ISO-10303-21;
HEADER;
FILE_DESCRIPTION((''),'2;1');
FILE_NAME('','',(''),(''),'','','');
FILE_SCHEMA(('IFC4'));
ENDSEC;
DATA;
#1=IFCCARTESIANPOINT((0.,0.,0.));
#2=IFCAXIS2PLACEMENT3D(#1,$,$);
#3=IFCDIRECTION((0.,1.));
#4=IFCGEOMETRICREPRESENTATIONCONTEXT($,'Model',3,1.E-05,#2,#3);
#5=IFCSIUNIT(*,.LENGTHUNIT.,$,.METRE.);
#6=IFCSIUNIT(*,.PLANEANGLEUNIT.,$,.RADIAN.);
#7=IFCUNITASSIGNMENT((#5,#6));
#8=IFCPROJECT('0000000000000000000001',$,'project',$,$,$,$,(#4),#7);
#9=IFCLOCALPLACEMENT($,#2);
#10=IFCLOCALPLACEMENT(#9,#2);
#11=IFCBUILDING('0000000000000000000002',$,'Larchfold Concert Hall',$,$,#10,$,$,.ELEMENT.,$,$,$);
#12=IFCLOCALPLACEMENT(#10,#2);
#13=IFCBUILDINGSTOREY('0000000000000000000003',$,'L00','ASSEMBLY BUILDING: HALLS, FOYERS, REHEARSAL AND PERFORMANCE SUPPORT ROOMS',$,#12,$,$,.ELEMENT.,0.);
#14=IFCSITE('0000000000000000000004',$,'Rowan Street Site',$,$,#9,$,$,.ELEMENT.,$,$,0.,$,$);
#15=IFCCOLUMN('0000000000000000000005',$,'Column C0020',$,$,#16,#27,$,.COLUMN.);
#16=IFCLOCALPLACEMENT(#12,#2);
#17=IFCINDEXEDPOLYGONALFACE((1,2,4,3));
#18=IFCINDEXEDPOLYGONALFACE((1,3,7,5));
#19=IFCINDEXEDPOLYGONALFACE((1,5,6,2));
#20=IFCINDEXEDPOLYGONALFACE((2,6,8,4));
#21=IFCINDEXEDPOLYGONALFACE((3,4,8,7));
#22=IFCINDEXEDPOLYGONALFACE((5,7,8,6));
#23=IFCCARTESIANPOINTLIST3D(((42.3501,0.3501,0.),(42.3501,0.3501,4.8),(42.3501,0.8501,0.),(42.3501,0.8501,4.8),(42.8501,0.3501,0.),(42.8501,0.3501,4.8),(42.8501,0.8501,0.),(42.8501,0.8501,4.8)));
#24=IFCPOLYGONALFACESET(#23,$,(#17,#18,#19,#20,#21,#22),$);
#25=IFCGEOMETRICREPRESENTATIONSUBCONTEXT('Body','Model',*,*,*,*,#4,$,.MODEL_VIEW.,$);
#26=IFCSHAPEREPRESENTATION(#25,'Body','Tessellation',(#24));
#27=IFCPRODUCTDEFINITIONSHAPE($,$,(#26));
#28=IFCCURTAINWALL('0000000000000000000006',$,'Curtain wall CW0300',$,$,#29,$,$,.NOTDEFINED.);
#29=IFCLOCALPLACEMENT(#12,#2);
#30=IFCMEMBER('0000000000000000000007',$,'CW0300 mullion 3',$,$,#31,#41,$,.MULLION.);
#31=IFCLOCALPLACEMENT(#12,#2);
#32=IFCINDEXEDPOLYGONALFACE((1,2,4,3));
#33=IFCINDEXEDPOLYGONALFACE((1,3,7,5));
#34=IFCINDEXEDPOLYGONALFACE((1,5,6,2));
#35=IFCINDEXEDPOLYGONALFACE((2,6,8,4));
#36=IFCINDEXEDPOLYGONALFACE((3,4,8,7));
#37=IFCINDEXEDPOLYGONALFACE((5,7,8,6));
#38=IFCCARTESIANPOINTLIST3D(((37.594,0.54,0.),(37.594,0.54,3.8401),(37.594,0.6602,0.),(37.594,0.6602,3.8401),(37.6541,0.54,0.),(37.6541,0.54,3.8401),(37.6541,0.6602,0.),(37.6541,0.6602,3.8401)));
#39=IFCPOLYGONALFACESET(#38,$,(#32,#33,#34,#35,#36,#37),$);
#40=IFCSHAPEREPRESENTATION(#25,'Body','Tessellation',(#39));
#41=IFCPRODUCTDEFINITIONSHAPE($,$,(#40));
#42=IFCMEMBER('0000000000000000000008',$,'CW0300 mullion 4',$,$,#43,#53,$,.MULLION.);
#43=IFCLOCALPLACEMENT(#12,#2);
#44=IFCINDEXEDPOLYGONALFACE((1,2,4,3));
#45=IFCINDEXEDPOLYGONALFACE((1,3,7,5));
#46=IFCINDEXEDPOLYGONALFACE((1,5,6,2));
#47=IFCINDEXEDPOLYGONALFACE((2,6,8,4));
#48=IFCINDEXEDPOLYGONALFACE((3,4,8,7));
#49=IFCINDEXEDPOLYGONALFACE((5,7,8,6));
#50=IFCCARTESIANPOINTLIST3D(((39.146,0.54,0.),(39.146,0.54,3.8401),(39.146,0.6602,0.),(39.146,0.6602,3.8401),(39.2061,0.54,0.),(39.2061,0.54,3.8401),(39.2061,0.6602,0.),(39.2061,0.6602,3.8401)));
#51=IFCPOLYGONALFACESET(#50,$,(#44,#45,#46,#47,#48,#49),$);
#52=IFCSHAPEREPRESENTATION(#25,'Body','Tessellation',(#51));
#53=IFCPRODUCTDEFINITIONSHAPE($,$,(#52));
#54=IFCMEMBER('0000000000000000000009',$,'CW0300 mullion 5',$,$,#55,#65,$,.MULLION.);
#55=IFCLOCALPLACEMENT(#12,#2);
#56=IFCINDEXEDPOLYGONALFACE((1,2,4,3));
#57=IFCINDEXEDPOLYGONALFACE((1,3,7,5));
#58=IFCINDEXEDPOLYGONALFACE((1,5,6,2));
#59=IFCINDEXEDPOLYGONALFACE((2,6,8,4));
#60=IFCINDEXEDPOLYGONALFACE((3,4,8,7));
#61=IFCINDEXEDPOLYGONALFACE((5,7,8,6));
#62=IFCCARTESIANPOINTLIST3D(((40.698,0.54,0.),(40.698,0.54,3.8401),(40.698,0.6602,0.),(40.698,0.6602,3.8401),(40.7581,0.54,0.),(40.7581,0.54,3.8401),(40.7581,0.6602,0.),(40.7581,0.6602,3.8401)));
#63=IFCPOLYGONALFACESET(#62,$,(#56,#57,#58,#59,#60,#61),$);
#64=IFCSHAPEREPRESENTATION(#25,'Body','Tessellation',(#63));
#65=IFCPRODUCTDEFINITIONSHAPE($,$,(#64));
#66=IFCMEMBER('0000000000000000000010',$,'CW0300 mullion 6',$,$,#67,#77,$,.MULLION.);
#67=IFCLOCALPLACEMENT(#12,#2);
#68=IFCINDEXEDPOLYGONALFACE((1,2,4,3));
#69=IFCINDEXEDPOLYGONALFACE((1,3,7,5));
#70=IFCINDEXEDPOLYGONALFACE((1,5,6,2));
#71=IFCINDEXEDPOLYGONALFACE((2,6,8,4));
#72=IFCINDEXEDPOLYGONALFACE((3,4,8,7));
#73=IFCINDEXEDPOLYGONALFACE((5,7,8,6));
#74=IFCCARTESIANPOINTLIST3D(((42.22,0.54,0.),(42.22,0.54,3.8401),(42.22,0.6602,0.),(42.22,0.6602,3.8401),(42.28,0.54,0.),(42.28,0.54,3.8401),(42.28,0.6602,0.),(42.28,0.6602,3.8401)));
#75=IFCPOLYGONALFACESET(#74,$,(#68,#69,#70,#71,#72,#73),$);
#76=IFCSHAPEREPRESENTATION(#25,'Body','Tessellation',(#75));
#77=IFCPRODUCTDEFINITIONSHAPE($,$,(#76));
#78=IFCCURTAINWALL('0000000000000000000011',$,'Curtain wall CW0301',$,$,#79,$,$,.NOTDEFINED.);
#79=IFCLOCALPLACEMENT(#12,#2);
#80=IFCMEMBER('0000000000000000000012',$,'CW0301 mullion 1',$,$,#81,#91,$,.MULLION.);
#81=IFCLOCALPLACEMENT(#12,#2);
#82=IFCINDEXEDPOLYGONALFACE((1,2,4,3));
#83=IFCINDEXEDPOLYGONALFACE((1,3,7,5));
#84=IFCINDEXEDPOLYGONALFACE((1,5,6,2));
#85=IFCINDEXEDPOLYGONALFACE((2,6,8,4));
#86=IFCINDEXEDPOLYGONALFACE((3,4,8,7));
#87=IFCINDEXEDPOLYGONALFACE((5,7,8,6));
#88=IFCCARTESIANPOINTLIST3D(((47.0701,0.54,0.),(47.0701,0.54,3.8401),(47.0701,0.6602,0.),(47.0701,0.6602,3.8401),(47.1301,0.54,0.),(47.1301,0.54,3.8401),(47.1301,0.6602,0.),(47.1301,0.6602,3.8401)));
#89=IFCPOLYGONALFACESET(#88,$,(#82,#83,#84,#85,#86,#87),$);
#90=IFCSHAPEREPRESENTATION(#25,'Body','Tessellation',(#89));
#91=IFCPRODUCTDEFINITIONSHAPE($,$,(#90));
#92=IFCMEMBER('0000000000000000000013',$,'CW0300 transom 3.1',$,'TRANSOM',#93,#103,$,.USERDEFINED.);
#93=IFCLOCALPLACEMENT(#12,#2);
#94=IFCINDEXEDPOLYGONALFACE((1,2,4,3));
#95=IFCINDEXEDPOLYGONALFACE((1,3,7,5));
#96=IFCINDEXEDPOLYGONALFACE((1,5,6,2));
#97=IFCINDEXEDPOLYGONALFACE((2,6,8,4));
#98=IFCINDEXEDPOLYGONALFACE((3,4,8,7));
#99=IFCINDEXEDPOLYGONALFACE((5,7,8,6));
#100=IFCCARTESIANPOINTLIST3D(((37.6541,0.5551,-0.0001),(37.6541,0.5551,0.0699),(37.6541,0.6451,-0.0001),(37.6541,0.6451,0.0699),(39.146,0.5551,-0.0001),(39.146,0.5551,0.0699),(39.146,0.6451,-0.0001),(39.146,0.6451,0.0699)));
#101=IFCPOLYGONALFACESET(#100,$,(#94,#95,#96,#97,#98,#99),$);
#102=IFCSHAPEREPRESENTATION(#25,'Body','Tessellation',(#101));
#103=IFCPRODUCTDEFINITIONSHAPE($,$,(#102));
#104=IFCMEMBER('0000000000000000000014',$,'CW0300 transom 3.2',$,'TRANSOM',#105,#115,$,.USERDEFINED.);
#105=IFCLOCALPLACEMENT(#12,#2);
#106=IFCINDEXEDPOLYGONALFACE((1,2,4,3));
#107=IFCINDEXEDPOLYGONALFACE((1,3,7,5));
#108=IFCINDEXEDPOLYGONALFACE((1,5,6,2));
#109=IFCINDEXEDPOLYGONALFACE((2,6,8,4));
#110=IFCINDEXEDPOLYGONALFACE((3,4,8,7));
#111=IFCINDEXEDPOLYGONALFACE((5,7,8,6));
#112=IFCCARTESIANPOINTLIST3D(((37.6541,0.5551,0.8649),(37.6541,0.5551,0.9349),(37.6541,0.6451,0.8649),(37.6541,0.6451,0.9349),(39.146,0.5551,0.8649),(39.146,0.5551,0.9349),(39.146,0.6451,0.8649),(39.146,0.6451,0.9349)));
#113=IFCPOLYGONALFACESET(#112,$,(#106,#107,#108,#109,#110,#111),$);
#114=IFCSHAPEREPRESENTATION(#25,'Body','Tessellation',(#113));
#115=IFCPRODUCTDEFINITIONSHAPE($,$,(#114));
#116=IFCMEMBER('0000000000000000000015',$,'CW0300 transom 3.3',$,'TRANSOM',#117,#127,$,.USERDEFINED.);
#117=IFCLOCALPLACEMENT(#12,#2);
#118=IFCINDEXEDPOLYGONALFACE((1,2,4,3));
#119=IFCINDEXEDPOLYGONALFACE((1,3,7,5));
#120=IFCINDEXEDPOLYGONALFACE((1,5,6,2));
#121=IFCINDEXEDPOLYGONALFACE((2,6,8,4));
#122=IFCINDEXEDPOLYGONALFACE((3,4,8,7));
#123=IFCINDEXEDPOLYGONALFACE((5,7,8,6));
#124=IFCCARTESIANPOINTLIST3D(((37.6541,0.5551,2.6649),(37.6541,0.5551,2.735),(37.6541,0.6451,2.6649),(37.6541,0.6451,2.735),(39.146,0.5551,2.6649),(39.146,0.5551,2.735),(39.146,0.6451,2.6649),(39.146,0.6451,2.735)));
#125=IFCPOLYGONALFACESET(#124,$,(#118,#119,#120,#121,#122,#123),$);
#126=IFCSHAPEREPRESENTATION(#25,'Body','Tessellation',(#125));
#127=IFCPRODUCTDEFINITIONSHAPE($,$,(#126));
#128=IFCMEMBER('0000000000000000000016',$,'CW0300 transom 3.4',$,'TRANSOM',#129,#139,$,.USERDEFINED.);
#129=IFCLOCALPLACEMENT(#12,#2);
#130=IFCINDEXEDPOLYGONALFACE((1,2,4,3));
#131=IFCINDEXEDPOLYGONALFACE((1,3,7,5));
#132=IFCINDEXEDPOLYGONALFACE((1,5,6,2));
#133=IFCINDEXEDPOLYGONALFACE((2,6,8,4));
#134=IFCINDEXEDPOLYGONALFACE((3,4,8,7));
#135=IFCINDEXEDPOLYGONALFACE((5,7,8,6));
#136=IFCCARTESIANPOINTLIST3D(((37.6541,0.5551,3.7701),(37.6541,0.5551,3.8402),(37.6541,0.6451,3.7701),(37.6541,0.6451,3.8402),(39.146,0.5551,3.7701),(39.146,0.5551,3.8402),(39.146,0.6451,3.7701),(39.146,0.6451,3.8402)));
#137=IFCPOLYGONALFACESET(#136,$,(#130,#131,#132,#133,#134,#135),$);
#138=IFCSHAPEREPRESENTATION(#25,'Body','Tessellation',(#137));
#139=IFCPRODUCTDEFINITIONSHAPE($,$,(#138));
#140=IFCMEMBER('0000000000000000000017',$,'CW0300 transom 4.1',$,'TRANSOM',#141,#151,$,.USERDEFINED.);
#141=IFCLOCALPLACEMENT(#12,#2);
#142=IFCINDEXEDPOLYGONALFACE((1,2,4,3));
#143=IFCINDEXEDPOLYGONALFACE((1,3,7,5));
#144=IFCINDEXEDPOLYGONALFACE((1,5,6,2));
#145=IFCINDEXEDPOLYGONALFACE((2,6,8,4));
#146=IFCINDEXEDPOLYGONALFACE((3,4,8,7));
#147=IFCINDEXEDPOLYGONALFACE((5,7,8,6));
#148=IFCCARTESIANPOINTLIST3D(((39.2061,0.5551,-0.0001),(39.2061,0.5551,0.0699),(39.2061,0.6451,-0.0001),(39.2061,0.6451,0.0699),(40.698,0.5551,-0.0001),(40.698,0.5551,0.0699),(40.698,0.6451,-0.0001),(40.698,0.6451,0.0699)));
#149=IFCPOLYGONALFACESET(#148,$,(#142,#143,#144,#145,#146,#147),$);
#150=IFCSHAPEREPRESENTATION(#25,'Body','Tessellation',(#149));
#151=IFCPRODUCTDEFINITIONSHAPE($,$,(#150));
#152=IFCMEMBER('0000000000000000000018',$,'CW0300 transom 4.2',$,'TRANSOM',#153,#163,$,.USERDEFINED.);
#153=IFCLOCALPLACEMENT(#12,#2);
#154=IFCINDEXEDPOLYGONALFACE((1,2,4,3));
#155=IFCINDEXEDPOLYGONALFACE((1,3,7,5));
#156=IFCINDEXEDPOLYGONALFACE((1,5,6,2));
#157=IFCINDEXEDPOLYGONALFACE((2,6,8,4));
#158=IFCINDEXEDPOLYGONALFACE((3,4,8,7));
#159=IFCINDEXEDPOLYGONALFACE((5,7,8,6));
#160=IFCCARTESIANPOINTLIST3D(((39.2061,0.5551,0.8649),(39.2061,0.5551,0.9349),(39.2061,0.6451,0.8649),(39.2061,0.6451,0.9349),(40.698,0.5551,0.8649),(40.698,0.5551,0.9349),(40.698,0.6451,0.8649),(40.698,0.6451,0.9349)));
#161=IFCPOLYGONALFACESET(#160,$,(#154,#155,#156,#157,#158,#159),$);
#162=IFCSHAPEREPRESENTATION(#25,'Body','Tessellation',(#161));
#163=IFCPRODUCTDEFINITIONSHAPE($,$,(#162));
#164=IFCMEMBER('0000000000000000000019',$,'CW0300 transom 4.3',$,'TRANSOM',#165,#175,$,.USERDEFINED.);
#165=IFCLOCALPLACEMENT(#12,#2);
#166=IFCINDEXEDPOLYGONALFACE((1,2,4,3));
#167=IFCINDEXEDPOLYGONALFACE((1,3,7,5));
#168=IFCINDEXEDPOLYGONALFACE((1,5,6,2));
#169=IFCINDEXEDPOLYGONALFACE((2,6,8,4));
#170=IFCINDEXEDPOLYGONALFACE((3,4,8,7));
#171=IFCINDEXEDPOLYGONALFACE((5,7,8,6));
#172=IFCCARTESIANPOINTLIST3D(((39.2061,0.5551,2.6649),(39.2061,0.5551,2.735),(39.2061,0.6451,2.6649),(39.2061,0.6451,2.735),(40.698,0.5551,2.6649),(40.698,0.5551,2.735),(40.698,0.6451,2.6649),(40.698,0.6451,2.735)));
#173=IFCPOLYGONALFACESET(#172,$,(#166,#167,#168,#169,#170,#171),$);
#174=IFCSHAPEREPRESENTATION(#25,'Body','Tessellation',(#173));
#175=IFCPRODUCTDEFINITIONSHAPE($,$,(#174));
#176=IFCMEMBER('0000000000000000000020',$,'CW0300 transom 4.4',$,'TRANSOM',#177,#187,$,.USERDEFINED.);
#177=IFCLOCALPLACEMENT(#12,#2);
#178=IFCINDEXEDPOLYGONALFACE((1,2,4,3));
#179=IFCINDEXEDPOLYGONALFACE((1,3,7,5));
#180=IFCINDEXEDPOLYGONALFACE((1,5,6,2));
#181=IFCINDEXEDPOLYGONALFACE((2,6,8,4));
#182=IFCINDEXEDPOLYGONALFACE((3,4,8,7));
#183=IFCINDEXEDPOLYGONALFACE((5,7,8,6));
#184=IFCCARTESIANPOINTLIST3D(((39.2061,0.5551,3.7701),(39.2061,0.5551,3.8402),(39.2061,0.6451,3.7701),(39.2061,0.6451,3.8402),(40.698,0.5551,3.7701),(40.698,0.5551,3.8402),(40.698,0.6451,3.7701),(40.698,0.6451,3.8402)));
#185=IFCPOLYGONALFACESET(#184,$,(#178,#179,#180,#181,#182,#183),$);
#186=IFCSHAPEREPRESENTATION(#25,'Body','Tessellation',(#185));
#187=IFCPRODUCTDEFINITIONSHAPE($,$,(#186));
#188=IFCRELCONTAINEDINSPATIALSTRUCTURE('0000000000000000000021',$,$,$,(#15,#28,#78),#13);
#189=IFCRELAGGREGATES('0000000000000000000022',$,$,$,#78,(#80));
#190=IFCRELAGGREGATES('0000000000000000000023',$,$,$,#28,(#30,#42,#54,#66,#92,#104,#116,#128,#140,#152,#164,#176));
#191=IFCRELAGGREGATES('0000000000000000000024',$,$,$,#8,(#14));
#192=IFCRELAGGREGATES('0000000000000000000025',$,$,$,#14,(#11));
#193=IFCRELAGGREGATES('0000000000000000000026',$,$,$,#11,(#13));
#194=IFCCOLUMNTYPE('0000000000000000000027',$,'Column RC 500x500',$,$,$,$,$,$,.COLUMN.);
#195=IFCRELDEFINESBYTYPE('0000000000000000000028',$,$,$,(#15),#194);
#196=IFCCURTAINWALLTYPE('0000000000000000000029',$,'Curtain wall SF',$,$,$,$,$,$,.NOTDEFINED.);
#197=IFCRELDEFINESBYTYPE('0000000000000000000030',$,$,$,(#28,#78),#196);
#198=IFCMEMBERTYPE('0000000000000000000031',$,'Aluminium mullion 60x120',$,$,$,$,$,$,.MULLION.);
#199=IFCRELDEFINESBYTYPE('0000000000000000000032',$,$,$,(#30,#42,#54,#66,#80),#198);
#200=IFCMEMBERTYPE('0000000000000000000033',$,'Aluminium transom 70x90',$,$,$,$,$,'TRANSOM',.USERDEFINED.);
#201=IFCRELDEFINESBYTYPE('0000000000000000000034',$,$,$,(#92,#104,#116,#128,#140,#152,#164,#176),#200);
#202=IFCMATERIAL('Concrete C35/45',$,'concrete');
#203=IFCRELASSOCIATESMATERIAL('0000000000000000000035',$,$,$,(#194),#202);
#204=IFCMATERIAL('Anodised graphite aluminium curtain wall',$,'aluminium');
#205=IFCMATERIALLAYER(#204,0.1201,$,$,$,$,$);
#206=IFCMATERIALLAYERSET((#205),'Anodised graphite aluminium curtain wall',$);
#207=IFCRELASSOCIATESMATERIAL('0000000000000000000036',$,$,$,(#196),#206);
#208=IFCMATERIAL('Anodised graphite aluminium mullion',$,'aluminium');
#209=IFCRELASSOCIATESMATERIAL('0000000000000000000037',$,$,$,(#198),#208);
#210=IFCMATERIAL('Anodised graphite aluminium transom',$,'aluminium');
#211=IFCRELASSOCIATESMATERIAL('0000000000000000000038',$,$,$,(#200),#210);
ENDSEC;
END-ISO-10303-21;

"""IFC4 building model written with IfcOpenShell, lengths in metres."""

from ifc_helpers import new_model, si_unit, direction, frame, origin, origin_2d, place, context, subcontext, project, spatial, rectangle, extrude, material, layer, layer_set, material_profile, profile_set, type_object, element, aggregate, save


model = new_model("IFC4")

# Units and contexts
model_context = context("Model", 3, precision=1e-05, world=origin(), true_north=direction((0.0, 1.0)))
body_context = subcontext(model_context, "Body", "Model", "MODEL_VIEW")
ifc_project = project(units=[si_unit("LENGTHUNIT", "METRE"), si_unit("PLANEANGLEUNIT", "RADIAN")], contexts=[model_context])

# Site, building, storey
site_placement = place(None, origin())
site = spatial("IfcSite", under=ifc_project, at=site_placement, Name="Rowan Street Site", CompositionType="ELEMENT", RefElevation=0.0)
building_placement = place(site_placement, origin())
building = spatial("IfcBuilding", under=site, at=building_placement, Name="Larchfold Concert Hall", CompositionType="ELEMENT")
storey_placement = place(building_placement, origin())
storey = spatial("IfcBuildingStorey", under=building, at=storey_placement, Name="L00", Description="ASSEMBLY BUILDING: HALLS, FOYERS, REHEARSAL AND PERFORMANCE SUPPORT ROOMS", CompositionType="ELEMENT", Elevation=0.0)

# Column
ifc_material_1 = material(Name="Concrete C35/45", Category="concrete")
ifc_material_profile_1 = material_profile(ifc_material_1, rectangle(XDim=0.5, YDim=0.5, at=origin_2d()))
ifc_profile_set_1 = profile_set([ifc_material_profile_1], Name="Concrete C35/45")
column_type = type_object("IfcColumnType", Name="Column RC 500x500", PredefinedType="COLUMN", material=ifc_profile_set_1)
column_placement = place(storey_placement, frame((42.6001, 0.6001, 0.0), z_axis=(0.0, 0.0, 1.0), x_axis=(1.0, 0.0, 0.0)))
element("IfcColumn", 1, at=column_placement, inside=storey, type_object=column_type, Name="Column C0020", PredefinedType="COLUMN", context=body_context, shape_type="SweptSolid", body=[
    extrude(rectangle(XDim=0.5, YDim=0.5, at=origin_2d()), origin(), (0.0, 0.0, 1.0), 4.8),
])

# Curtain wall, members
ifc_material_2 = material(Name="Anodised graphite aluminium curtain wall", Category="aluminium")
ifc_layer_1 = layer(ifc_material_2, 0.1201)
ifc_layer_set_1 = layer_set([ifc_layer_1], Name="Anodised graphite aluminium curtain wall")
curtain_wall_type = type_object("IfcCurtainWallType", Name="Curtain wall SF", PredefinedType="NOTDEFINED", material=ifc_layer_set_1)
curtain_wall_1_placement = place(storey_placement, origin())
curtain_wall_1 = element("IfcCurtainWall", 2, at=curtain_wall_1_placement, inside=storey, type_object=curtain_wall_type, Name="Curtain wall CW0300", PredefinedType="NOTDEFINED")
ifc_material_3 = material(Name="Anodised graphite aluminium mullion", Category="aluminium")
ifc_material_profile_2 = material_profile(ifc_material_3, rectangle(XDim=0.1201, YDim=0.0601, at=origin_2d()))
ifc_profile_set_2 = profile_set([ifc_material_profile_2], Name="Anodised graphite aluminium mullion")
member_type_1 = type_object("IfcMemberType", Name="Aluminium mullion 60x120", PredefinedType="MULLION", material=ifc_profile_set_2)
member_1_placement = place(storey_placement, frame((37.624, 0.6001, 0.0), z_axis=(0.0, 0.0, 1.0), x_axis=(0.0, 1.0, 0.0)))
member_1 = element("IfcMember", 3, at=member_1_placement, type_object=member_type_1, Name="CW0300 mullion 3", PredefinedType="MULLION", context=body_context, shape_type="SweptSolid", body=[
    extrude(rectangle(XDim=0.1201, YDim=0.0601, at=origin_2d()), origin(), (0.0, 0.0, 1.0), 3.8401),
])
member_2_placement = place(storey_placement, frame((39.176, 0.6001, 0.0), z_axis=(0.0, 0.0, 1.0), x_axis=(0.0, 1.0, 0.0)))
member_2 = element("IfcMember", 4, at=member_2_placement, type_object=member_type_1, Name="CW0300 mullion 4", PredefinedType="MULLION", context=body_context, shape_type="SweptSolid", body=[
    extrude(rectangle(XDim=0.1201, YDim=0.0601, at=origin_2d()), origin(), (0.0, 0.0, 1.0), 3.8401),
])
member_3_placement = place(storey_placement, frame((40.728, 0.6001, 0.0), z_axis=(0.0, 0.0, 1.0), x_axis=(0.0, 1.0, 0.0)))
member_3 = element("IfcMember", 5, at=member_3_placement, type_object=member_type_1, Name="CW0300 mullion 5", PredefinedType="MULLION", context=body_context, shape_type="SweptSolid", body=[
    extrude(rectangle(XDim=0.1201, YDim=0.0601, at=origin_2d()), origin(), (0.0, 0.0, 1.0), 3.8401),
])
member_4_placement = place(storey_placement, frame((42.25, 0.6001, 0.0), z_axis=(0.0, 0.0, 1.0), x_axis=(0.0, 1.0, 0.0)))
member_4 = element("IfcMember", 6, at=member_4_placement, type_object=member_type_1, Name="CW0300 mullion 6", PredefinedType="MULLION", context=body_context, shape_type="SweptSolid", body=[
    extrude(rectangle(XDim=0.1201, YDim=0.0601, at=origin_2d()), origin(), (0.0, 0.0, 1.0), 3.8401),
])

# Curtain wall, member
curtain_wall_2_placement = place(storey_placement, origin())
curtain_wall_2 = element("IfcCurtainWall", 7, at=curtain_wall_2_placement, inside=storey, type_object=curtain_wall_type, Name="Curtain wall CW0301", PredefinedType="NOTDEFINED")
member_5_placement = place(storey_placement, frame((47.1001, 0.6001, 0.0), z_axis=(0.0, 0.0, 1.0), x_axis=(0.0, 1.0, 0.0)))
member_5 = element("IfcMember", 8, at=member_5_placement, type_object=member_type_1, Name="CW0301 mullion 1", PredefinedType="MULLION", context=body_context, shape_type="SweptSolid", body=[
    extrude(rectangle(XDim=0.1201, YDim=0.0601, at=origin_2d()), origin(), (0.0, 0.0, 1.0), 3.8401),
])

# Members
ifc_material_4 = material(Name="Anodised graphite aluminium transom", Category="aluminium")
ifc_material_profile_3 = material_profile(ifc_material_4, rectangle(XDim=0.0901, YDim=0.0701, at=origin_2d()))
ifc_profile_set_3 = profile_set([ifc_material_profile_3], Name="Anodised graphite aluminium transom")
member_type_2 = type_object("IfcMemberType", Name="Aluminium transom 70x90", ElementType="TRANSOM", PredefinedType="USERDEFINED", material=ifc_profile_set_3)
member_6_placement = place(storey_placement, frame((37.6541, 0.6001, 0.0349), z_axis=(1.0, 0.0, 0.0), x_axis=(0.0, 1.0, 0.0)))
member_6 = element("IfcMember", 9, at=member_6_placement, type_object=member_type_2, Name="CW0300 transom 3.1", ObjectType="TRANSOM", PredefinedType="USERDEFINED", context=body_context, shape_type="SweptSolid", body=[
    extrude(rectangle(XDim=0.0901, YDim=0.0701, at=origin_2d()), origin(), (0.0, 0.0, 1.0), 1.4919),
])
member_7_placement = place(storey_placement, frame((37.6541, 0.6001, 0.8999), z_axis=(1.0, 0.0, 0.0), x_axis=(0.0, 1.0, 0.0)))
member_7 = element("IfcMember", 10, at=member_7_placement, type_object=member_type_2, Name="CW0300 transom 3.2", ObjectType="TRANSOM", PredefinedType="USERDEFINED", context=body_context, shape_type="SweptSolid", body=[
    extrude(rectangle(XDim=0.0901, YDim=0.0701, at=origin_2d()), origin(), (0.0, 0.0, 1.0), 1.4919),
])
member_8_placement = place(storey_placement, frame((37.6541, 0.6001, 2.7), z_axis=(1.0, 0.0, 0.0), x_axis=(0.0, 1.0, 0.0)))
member_8 = element("IfcMember", 11, at=member_8_placement, type_object=member_type_2, Name="CW0300 transom 3.3", ObjectType="TRANSOM", PredefinedType="USERDEFINED", context=body_context, shape_type="SweptSolid", body=[
    extrude(rectangle(XDim=0.0901, YDim=0.0701, at=origin_2d()), origin(), (0.0, 0.0, 1.0), 1.4919),
])
member_9_placement = place(storey_placement, frame((37.6541, 0.6001, 3.8052), z_axis=(1.0, 0.0, 0.0), x_axis=(0.0, 1.0, 0.0)))
member_9 = element("IfcMember", 12, at=member_9_placement, type_object=member_type_2, Name="CW0300 transom 3.4", ObjectType="TRANSOM", PredefinedType="USERDEFINED", context=body_context, shape_type="SweptSolid", body=[
    extrude(rectangle(XDim=0.0901, YDim=0.0701, at=origin_2d()), origin(), (0.0, 0.0, 1.0), 1.4919),
])
member_10_placement = place(storey_placement, frame((39.2061, 0.6001, 0.0349), z_axis=(1.0, 0.0, 0.0), x_axis=(0.0, 1.0, 0.0)))
member_10 = element("IfcMember", 13, at=member_10_placement, type_object=member_type_2, Name="CW0300 transom 4.1", ObjectType="TRANSOM", PredefinedType="USERDEFINED", context=body_context, shape_type="SweptSolid", body=[
    extrude(rectangle(XDim=0.0901, YDim=0.0701, at=origin_2d()), origin(), (0.0, 0.0, 1.0), 1.4919),
])
member_11_placement = place(storey_placement, frame((39.2061, 0.6001, 0.8999), z_axis=(1.0, 0.0, 0.0), x_axis=(0.0, 1.0, 0.0)))
member_11 = element("IfcMember", 14, at=member_11_placement, type_object=member_type_2, Name="CW0300 transom 4.2", ObjectType="TRANSOM", PredefinedType="USERDEFINED", context=body_context, shape_type="SweptSolid", body=[
    extrude(rectangle(XDim=0.0901, YDim=0.0701, at=origin_2d()), origin(), (0.0, 0.0, 1.0), 1.4919),
])
member_12_placement = place(storey_placement, frame((39.2061, 0.6001, 2.7), z_axis=(1.0, 0.0, 0.0), x_axis=(0.0, 1.0, 0.0)))
member_12 = element("IfcMember", 15, at=member_12_placement, type_object=member_type_2, Name="CW0300 transom 4.3", ObjectType="TRANSOM", PredefinedType="USERDEFINED", context=body_context, shape_type="SweptSolid", body=[
    extrude(rectangle(XDim=0.0901, YDim=0.0701, at=origin_2d()), origin(), (0.0, 0.0, 1.0), 1.4919),
])
member_13_placement = place(storey_placement, frame((39.2061, 0.6001, 3.8052), z_axis=(1.0, 0.0, 0.0), x_axis=(0.0, 1.0, 0.0)))
member_13 = element("IfcMember", 16, at=member_13_placement, type_object=member_type_2, Name="CW0300 transom 4.4", ObjectType="TRANSOM", PredefinedType="USERDEFINED", context=body_context, shape_type="SweptSolid", body=[
    extrude(rectangle(XDim=0.0901, YDim=0.0701, at=origin_2d()), origin(), (0.0, 0.0, 1.0), 1.4919),
])
aggregate(curtain_wall_2, [member_5])

aggregate(curtain_wall_1, [member_1, member_2, member_3, member_4, member_6, member_7, member_8, member_9, member_10, member_11, member_12, member_13])

save(model, "model.ifc")
